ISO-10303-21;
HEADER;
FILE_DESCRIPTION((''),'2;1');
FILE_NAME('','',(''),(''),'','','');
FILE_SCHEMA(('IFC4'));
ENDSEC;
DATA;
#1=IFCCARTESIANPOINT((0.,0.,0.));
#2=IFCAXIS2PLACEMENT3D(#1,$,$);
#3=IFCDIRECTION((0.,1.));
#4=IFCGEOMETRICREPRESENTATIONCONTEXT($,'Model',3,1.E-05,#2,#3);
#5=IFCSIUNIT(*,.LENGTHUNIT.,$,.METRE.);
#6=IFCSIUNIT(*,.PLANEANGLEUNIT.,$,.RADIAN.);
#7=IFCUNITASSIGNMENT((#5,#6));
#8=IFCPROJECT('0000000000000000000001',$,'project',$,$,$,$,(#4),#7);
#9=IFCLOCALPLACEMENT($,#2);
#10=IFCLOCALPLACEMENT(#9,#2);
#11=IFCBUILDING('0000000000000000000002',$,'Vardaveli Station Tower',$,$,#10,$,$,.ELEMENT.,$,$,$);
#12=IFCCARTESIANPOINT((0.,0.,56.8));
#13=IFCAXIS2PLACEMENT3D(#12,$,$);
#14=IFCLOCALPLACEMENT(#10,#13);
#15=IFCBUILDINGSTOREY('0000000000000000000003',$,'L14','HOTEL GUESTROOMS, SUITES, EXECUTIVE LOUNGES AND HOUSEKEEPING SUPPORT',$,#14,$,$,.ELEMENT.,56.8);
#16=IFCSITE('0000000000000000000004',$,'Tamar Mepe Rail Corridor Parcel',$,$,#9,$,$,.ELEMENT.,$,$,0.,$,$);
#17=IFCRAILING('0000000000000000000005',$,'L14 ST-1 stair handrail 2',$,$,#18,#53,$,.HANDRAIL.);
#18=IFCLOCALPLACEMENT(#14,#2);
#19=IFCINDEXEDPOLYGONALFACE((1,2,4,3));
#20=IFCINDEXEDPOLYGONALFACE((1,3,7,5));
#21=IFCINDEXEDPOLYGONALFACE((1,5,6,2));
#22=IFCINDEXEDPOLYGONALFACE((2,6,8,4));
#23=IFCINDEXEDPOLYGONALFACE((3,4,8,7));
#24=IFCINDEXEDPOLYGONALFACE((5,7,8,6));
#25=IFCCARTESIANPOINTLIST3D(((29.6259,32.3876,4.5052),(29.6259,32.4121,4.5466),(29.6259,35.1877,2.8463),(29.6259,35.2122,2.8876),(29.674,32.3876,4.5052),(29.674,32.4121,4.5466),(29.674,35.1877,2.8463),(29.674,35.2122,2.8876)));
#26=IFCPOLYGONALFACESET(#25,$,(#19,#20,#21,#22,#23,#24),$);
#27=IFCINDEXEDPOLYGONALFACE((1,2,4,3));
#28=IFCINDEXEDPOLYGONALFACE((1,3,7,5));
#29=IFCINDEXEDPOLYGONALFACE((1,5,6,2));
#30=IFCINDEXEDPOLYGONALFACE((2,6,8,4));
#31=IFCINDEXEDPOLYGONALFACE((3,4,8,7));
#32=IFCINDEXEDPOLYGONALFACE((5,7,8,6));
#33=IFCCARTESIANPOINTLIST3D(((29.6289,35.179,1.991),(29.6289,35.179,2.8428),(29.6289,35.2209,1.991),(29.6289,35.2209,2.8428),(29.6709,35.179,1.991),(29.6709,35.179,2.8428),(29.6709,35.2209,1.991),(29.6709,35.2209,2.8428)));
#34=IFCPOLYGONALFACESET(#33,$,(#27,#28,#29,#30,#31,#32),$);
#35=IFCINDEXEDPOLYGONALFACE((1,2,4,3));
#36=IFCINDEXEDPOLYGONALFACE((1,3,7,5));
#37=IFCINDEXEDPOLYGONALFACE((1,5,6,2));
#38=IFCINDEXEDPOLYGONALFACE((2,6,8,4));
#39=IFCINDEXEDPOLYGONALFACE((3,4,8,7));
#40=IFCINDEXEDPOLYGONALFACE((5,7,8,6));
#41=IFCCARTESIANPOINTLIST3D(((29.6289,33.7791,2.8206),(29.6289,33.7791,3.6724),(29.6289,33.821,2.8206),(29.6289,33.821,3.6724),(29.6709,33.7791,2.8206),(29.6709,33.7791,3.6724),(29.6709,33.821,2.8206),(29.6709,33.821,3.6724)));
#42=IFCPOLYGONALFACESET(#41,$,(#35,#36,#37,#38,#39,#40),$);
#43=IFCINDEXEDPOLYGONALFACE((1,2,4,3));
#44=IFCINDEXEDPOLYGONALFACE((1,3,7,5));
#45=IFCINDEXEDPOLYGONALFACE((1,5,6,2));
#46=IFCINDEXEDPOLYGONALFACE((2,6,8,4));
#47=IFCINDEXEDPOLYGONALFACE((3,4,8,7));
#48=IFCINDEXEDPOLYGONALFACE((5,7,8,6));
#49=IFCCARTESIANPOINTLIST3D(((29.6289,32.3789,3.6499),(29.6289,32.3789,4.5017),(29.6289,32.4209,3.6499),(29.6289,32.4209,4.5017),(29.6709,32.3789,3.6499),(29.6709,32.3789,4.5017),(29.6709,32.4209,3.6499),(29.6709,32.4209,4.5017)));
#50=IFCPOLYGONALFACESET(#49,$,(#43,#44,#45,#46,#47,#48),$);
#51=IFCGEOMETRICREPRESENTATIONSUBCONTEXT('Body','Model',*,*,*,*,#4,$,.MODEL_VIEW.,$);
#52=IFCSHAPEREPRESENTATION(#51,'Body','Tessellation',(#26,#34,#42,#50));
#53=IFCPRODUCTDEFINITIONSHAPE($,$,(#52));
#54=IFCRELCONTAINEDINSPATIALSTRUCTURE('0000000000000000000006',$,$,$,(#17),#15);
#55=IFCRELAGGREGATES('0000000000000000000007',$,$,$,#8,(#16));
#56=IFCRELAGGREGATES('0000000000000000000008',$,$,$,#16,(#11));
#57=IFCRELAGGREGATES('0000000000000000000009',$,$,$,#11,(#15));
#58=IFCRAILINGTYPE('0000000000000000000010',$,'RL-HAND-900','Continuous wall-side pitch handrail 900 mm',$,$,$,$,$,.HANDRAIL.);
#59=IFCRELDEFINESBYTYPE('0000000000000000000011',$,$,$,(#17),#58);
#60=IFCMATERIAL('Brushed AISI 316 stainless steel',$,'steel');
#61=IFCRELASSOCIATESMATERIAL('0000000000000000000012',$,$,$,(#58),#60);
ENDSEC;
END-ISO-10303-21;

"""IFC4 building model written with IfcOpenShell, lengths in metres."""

from ifc_helpers import new_model, si_unit, direction, frame, origin, origin_2d, place, context, subcontext, project, spatial, rectangle, extrude, source, transform, mapped, material, type_object, element, save


model = new_model("IFC4")

# Units and contexts
model_context = context("Model", 3, precision=1e-05, world=origin(), true_north=direction((0.0, 1.0)))
body_context = subcontext(model_context, "Body", "Model", "MODEL_VIEW")
ifc_project = project(units=[si_unit("LENGTHUNIT", "METRE"), si_unit("PLANEANGLEUNIT", "RADIAN")], contexts=[model_context])

# Site, building, storey
site_placement = place(None, origin())
site = spatial("IfcSite", under=ifc_project, at=site_placement, Name="Tamar Mepe Rail Corridor Parcel", CompositionType="ELEMENT", RefElevation=0.0)
building_placement = place(site_placement, origin())
building = spatial("IfcBuilding", under=site, at=building_placement, Name="Vardaveli Station Tower", CompositionType="ELEMENT")
storey_placement = place(building_placement, frame((0.0, 0.0, 56.8)))
storey = spatial("IfcBuildingStorey", under=building, at=storey_placement, Name="L14", Description="HOTEL GUESTROOMS, SUITES, EXECUTIVE LOUNGES AND HOUSEKEEPING SUPPORT", CompositionType="ELEMENT", Elevation=56.8)

# Railing
ifc_material_1 = material(Name="Brushed AISI 316 stainless steel", Category="steel")
railing_type_1 = type_object("IfcRailingType", Name="RL-HAND-900", Description="Continuous wall-side pitch handrail 900 mm", PredefinedType="HANDRAIL", material=ifc_material_1)
shared_shape_1 = source(origin(), body_context, "Body", "SweptSolid", [
    extrude(rectangle(XDim=0.0481, YDim=0.0481, at=origin_2d()), frame((0.0, 0.0, 0.876), z_axis=(0.0, -0.860339, 0.509722), x_axis=(1.0, 0.0, 0.0)), (0.0, 0.0, 1.0), 3.2546),
    extrude(rectangle(XDim=0.042, YDim=0.042, at=origin_2d()), origin(), (0.0, 0.0, 1.0), 0.8518),
    extrude(rectangle(XDim=0.042, YDim=0.042, at=origin_2d()), frame((0.0, -1.3999, 0.8296)), (0.0, 0.0, 1.0), 0.8518),
    extrude(rectangle(XDim=0.042, YDim=0.042, at=origin_2d()), frame((0.0, -2.8, 1.6589)), (0.0, 0.0, 1.0), 0.8518),
])
railing_placement = place(storey_placement, frame((29.6499, 35.2, 1.991)))
element("IfcRailing", 1, at=railing_placement, inside=storey, type_object=railing_type_1, Name="L14 ST-1 stair handrail 2", PredefinedType="HANDRAIL", context=body_context, shape_type="MappedRepresentation", body=[
    mapped(shared_shape_1, transform((0.0, 0.0, 0.0), scale=1.0)),
])

save(model, "model.ifc")
